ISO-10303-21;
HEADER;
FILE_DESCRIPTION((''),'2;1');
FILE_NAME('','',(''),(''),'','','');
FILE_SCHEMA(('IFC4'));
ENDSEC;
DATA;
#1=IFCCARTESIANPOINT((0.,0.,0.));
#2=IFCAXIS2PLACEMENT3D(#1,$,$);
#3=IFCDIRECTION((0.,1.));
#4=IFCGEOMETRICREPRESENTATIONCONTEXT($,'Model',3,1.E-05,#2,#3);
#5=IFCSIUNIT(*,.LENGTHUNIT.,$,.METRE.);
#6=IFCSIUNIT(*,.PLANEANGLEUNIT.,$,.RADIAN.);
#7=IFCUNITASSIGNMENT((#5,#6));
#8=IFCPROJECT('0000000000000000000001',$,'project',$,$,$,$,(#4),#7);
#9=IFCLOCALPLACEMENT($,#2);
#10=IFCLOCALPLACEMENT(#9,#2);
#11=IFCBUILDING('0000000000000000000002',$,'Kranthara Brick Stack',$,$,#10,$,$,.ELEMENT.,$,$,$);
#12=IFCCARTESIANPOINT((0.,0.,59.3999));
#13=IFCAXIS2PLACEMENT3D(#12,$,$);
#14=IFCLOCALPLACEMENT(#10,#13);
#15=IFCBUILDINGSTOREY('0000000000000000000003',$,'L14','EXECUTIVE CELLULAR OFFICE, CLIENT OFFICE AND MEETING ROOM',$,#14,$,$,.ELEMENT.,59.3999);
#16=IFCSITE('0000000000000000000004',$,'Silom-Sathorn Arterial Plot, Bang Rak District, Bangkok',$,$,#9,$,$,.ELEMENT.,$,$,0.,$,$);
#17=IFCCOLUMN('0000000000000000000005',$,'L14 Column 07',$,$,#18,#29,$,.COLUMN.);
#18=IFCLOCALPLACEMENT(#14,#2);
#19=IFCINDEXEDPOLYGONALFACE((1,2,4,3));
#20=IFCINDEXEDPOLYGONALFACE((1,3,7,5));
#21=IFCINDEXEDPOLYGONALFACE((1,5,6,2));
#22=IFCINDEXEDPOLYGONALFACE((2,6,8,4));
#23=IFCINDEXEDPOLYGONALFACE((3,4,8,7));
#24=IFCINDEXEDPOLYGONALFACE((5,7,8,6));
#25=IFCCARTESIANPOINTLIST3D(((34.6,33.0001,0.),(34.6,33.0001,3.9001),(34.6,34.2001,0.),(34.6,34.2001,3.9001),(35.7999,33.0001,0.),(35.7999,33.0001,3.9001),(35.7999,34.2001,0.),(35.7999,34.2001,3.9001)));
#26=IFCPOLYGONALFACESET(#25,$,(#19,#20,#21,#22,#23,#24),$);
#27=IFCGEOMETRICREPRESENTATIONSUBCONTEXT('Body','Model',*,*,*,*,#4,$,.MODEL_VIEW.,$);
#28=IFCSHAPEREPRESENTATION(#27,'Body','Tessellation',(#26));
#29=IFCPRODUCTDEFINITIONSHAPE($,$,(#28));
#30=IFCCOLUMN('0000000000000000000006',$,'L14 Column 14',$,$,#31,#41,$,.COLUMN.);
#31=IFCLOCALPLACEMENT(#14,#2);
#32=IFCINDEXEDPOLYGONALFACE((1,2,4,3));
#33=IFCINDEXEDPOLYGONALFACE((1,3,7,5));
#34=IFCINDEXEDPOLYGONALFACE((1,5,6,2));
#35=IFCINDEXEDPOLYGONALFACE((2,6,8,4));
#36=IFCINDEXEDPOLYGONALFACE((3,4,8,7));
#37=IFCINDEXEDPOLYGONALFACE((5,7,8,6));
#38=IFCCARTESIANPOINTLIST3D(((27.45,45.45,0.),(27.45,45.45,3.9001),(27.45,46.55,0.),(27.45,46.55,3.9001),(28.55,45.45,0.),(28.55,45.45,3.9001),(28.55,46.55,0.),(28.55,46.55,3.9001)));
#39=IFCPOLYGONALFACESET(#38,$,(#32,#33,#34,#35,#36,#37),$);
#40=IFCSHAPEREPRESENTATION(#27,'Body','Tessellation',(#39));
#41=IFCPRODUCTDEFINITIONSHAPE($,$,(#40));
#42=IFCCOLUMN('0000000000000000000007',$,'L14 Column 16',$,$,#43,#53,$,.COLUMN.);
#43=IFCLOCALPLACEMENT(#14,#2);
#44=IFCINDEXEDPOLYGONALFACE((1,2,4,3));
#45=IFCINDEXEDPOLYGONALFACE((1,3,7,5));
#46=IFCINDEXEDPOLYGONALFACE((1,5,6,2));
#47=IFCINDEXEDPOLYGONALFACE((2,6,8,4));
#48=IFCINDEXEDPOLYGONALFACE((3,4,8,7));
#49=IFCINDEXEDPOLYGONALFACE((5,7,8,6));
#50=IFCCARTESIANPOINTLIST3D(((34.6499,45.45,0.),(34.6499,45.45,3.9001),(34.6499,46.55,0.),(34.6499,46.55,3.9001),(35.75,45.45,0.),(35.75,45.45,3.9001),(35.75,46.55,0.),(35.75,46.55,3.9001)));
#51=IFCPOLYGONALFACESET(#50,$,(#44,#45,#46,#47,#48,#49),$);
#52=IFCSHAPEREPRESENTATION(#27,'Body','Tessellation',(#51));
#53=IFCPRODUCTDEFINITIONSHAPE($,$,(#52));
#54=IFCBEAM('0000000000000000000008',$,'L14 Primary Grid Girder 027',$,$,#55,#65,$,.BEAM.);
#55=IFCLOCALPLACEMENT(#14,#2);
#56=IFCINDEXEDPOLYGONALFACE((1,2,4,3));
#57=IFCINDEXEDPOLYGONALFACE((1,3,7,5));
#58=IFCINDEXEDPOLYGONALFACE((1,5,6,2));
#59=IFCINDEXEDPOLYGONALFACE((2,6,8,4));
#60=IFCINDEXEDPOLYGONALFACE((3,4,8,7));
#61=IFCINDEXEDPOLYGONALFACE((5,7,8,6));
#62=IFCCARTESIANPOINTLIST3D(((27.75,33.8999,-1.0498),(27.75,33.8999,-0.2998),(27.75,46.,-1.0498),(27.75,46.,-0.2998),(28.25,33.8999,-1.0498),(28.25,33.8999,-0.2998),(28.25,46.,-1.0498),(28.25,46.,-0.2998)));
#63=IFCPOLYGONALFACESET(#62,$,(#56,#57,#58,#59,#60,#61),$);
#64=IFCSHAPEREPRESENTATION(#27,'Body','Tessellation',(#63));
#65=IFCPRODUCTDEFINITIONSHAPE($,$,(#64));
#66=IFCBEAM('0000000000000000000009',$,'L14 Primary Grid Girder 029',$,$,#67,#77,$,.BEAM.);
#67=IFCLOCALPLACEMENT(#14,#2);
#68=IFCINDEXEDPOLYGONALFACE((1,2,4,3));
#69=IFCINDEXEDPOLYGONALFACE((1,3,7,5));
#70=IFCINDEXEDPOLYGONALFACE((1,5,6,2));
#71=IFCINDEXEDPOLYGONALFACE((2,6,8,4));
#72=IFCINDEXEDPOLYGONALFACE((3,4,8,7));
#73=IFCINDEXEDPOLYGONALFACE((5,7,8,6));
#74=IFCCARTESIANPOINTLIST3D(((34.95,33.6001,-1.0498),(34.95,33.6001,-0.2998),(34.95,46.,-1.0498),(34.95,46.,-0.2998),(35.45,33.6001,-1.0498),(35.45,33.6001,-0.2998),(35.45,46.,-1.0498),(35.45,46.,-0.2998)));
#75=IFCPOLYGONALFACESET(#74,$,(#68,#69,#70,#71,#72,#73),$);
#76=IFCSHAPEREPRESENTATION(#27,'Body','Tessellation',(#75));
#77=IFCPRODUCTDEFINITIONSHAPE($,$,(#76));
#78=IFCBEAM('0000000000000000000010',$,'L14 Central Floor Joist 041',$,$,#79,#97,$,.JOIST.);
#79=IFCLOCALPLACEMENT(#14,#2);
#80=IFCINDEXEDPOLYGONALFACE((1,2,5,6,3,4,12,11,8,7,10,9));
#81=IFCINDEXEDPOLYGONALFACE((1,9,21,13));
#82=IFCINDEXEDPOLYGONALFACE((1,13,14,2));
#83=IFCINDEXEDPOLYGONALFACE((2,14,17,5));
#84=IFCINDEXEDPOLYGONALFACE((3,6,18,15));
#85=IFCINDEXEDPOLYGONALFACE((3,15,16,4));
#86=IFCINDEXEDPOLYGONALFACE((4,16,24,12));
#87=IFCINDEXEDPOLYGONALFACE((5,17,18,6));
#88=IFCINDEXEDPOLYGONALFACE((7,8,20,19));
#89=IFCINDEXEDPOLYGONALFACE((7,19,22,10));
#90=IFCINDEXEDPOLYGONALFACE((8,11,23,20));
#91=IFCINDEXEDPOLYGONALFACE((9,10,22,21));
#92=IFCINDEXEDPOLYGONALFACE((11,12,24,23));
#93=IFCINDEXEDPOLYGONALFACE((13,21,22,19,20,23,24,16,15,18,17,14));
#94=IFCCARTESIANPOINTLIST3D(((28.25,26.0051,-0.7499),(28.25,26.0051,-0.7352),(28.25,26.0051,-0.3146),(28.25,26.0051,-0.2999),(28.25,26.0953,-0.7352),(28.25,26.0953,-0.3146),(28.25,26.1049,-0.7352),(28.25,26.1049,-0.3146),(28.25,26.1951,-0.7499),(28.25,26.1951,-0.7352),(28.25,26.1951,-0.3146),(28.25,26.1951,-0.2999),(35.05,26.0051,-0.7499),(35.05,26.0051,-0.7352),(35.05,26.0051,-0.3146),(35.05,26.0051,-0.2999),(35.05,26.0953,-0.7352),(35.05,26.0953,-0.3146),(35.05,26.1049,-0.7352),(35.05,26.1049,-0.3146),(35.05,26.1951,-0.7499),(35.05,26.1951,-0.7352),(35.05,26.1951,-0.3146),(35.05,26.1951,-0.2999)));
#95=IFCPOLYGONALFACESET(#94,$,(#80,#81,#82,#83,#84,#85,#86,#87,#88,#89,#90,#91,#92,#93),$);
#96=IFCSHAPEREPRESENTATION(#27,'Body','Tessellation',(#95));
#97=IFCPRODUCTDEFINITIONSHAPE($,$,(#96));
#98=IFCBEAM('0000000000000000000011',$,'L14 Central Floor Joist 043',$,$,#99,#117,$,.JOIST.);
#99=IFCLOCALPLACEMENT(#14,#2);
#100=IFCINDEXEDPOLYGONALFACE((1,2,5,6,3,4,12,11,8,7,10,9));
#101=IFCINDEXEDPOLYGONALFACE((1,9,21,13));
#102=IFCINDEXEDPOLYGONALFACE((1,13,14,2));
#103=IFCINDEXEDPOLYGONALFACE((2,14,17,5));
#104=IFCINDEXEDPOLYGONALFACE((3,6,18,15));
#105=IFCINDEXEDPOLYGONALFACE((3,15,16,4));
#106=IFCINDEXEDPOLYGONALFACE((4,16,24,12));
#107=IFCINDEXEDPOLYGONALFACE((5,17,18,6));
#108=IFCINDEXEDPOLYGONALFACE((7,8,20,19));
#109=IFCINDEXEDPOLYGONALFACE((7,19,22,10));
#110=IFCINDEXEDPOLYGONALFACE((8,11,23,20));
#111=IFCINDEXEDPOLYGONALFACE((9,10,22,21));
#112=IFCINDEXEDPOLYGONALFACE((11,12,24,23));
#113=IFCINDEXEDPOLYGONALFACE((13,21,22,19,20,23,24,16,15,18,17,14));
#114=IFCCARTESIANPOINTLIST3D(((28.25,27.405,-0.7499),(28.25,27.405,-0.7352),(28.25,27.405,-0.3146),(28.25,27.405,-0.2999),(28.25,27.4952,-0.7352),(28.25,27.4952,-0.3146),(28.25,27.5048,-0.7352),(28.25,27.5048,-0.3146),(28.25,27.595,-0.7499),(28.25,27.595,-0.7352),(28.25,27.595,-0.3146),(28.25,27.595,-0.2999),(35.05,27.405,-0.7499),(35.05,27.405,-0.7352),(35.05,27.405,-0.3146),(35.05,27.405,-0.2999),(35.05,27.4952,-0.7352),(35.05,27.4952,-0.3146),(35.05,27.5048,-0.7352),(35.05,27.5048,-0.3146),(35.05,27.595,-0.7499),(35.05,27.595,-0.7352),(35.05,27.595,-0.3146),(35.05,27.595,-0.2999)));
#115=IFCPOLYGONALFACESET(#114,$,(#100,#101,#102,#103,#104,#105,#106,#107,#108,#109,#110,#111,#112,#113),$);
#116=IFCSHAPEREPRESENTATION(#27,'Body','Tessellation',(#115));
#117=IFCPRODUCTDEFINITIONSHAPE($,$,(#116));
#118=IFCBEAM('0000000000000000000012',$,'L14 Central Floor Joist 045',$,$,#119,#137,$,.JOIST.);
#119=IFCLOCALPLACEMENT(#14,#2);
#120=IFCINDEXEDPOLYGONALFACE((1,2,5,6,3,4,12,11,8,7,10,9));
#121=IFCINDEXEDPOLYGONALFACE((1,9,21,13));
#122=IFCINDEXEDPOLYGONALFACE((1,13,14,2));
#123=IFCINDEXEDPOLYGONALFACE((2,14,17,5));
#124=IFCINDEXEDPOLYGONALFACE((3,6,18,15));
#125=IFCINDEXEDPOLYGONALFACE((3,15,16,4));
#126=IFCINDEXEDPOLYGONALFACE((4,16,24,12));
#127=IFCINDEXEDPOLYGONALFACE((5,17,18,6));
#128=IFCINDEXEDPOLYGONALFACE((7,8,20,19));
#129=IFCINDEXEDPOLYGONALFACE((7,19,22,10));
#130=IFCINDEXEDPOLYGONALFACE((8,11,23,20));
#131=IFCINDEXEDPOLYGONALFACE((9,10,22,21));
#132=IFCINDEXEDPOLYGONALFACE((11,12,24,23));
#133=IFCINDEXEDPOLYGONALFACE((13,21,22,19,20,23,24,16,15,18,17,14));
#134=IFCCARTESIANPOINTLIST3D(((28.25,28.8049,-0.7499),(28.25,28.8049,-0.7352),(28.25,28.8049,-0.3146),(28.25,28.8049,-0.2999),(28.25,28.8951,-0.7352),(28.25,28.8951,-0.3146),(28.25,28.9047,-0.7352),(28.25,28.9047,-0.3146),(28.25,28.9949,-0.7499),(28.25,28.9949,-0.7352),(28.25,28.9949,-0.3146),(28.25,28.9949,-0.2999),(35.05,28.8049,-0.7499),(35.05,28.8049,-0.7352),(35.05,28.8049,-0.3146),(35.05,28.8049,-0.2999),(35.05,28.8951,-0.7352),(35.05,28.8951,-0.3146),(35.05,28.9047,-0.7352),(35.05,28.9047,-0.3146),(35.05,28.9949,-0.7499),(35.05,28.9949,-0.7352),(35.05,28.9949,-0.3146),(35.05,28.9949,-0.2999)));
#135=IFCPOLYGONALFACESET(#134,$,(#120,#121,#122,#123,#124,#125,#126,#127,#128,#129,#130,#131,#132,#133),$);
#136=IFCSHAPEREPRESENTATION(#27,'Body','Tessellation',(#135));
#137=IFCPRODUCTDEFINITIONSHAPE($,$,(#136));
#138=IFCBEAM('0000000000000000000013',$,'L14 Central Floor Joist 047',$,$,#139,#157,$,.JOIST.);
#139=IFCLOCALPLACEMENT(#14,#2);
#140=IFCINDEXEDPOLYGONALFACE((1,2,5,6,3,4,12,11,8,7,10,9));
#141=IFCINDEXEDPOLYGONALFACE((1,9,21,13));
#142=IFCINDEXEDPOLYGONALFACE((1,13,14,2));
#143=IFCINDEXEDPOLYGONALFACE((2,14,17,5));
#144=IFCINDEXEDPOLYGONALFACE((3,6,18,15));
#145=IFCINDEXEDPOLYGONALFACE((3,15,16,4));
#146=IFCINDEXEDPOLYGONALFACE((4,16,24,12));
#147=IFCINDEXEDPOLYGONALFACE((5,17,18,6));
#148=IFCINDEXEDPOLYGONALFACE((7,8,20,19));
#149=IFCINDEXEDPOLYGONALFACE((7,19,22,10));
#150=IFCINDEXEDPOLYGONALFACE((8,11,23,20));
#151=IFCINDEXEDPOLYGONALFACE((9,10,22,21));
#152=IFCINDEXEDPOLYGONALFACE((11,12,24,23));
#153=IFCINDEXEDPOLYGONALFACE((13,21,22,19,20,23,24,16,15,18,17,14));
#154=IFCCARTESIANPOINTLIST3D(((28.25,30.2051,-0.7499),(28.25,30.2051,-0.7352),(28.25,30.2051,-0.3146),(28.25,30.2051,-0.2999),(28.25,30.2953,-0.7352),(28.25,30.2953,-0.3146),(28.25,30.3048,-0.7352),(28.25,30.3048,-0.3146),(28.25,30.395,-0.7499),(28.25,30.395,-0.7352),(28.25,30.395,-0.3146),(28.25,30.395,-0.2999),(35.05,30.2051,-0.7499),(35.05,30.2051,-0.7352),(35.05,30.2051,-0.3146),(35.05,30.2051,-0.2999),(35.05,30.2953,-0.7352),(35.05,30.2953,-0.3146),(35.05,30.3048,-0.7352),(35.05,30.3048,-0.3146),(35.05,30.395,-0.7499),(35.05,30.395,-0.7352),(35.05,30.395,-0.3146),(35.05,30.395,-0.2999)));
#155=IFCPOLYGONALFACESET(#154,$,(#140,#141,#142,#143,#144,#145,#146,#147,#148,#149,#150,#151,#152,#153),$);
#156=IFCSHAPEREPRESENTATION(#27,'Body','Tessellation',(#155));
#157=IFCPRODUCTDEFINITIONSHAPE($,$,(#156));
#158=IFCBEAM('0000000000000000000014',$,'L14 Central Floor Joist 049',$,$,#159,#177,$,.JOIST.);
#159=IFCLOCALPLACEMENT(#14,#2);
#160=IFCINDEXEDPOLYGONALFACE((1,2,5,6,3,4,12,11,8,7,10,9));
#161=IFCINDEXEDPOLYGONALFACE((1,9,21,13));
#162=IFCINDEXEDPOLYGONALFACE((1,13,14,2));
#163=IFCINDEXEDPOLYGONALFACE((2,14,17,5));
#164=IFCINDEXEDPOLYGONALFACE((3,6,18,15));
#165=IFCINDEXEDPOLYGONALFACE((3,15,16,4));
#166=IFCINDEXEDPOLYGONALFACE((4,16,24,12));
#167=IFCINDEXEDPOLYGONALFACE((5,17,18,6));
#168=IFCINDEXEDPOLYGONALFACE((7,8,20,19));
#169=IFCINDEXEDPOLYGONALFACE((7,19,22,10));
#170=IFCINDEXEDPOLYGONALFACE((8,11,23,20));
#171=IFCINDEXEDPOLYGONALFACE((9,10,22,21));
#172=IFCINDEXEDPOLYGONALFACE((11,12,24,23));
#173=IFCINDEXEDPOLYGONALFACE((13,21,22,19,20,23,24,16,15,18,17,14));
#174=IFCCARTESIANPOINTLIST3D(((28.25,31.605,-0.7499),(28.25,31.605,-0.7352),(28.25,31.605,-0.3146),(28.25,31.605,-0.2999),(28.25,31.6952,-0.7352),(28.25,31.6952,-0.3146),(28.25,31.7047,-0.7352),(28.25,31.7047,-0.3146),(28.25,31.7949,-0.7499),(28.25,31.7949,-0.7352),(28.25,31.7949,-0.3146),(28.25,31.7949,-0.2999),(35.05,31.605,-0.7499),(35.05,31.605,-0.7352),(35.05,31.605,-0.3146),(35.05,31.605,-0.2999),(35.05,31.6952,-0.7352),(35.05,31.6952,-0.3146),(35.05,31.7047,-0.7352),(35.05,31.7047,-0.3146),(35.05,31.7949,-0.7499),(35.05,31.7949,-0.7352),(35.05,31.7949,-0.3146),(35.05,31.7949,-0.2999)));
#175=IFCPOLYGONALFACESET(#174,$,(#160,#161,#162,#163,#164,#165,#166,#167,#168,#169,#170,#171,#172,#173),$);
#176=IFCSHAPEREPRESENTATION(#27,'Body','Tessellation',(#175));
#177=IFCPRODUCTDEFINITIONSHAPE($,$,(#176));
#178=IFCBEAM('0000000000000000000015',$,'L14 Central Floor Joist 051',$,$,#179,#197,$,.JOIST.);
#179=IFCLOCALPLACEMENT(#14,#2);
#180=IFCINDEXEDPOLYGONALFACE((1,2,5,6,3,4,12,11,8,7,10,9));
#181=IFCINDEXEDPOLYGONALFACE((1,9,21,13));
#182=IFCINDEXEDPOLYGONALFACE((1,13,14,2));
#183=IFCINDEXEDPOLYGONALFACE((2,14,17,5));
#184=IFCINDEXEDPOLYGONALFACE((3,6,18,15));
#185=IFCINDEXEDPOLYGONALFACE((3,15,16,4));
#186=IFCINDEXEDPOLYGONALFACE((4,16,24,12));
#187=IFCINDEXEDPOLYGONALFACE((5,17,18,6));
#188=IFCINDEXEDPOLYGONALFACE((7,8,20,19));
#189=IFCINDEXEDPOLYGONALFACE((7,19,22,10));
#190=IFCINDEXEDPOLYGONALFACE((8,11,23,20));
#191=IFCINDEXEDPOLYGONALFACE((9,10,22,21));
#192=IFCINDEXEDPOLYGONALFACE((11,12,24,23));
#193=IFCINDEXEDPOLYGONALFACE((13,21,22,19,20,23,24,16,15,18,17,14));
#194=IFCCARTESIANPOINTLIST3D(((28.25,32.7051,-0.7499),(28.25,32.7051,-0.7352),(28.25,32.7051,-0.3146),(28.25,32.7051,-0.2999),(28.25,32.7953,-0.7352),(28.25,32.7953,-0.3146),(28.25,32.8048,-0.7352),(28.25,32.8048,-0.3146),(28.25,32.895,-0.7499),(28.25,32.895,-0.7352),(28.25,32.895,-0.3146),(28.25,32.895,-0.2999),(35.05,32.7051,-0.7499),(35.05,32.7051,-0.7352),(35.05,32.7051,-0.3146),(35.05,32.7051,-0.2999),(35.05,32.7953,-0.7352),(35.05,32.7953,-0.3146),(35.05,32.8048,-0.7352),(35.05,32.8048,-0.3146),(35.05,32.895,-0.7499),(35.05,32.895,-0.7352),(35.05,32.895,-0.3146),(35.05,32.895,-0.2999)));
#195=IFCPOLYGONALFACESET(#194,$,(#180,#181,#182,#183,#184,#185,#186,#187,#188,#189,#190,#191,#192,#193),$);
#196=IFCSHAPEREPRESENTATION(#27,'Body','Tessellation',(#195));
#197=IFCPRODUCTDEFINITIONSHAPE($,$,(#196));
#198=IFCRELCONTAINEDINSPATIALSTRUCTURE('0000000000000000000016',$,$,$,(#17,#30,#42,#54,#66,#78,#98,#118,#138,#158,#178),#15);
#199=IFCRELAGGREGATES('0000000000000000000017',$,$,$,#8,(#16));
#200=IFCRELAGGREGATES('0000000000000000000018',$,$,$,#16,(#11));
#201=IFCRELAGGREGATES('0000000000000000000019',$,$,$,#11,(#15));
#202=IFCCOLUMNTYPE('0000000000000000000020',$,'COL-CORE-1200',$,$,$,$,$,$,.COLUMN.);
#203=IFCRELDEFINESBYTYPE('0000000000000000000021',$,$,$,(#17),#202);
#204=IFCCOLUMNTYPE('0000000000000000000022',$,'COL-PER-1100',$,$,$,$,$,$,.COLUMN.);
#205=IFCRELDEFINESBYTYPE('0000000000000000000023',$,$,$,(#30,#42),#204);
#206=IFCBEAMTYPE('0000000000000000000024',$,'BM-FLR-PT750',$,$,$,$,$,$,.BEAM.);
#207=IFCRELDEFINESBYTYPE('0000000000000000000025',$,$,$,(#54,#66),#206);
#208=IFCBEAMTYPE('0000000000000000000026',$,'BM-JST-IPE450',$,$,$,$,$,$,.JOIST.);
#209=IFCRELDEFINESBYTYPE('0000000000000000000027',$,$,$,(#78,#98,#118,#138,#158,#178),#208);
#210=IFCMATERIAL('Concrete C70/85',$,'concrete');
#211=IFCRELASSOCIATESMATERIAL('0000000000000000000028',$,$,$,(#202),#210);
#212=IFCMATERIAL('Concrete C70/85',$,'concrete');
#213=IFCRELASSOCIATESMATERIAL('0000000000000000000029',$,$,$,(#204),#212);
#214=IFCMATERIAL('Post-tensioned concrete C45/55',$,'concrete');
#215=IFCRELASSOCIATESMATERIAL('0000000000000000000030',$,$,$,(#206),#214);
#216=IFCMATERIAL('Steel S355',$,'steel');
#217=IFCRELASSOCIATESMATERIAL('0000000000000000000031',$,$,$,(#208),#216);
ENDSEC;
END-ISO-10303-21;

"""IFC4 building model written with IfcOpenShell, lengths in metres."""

from ifc_helpers import new_model, si_unit, direction, frame, origin, origin_2d, place, context, subcontext, project, spatial, rectangle, i_section, extrude, material, material_profile, profile_set, type_object, element, save


model = new_model("IFC4")

# Units and contexts
model_context = context("Model", 3, precision=1e-05, world=origin(), true_north=direction((0.0, 1.0)))
body_context = subcontext(model_context, "Body", "Model", "MODEL_VIEW")
ifc_project = project(units=[si_unit("LENGTHUNIT", "METRE"), si_unit("PLANEANGLEUNIT", "RADIAN")], contexts=[model_context])

# Site, building, storey
site_placement = place(None, origin())
site = spatial("IfcSite", under=ifc_project, at=site_placement, Name="Silom-Sathorn Arterial Plot, Bang Rak District, Bangkok", CompositionType="ELEMENT", RefElevation=0.0)
building_placement = place(site_placement, origin())
building = spatial("IfcBuilding", under=site, at=building_placement, Name="Kranthara Brick Stack", CompositionType="ELEMENT")
storey_placement = place(building_placement, frame((0.0, 0.0, 59.3999)))
storey = spatial("IfcBuildingStorey", under=building, at=storey_placement, Name="L14", Description="EXECUTIVE CELLULAR OFFICE, CLIENT OFFICE AND MEETING ROOM", CompositionType="ELEMENT", Elevation=59.3999)

# Columns
ifc_material_1 = material(Name="Concrete C70/85", Category="concrete")
ifc_material_profile_1 = material_profile(ifc_material_1, rectangle(XDim=1.2, YDim=1.2, at=origin_2d()), Name="RC 1200x1200")
ifc_profile_set_1 = profile_set([ifc_material_profile_1], Name="Concrete C70/85")
column_type_1 = type_object("IfcColumnType", Name="COL-CORE-1200", PredefinedType="COLUMN", material=ifc_profile_set_1)
column_placement = place(storey_placement, frame((35.2, 33.6001, 0.0), z_axis=(0.0, 0.0, 1.0), x_axis=(1.0, 0.0, 0.0)))
element("IfcColumn", 1, at=column_placement, inside=storey, type_object=column_type_1, Name="L14 Column 07", PredefinedType="COLUMN", context=body_context, shape_type="SweptSolid", body=[
    extrude(rectangle(XDim=1.2, YDim=1.2, at=origin_2d()), origin(), (0.0, 0.0, 1.0), 3.9001),
])
ifc_material_2 = material(Name="Concrete C70/85", Category="concrete")
ifc_material_profile_2 = material_profile(ifc_material_2, rectangle(XDim=1.1001, YDim=1.1001, at=origin_2d()), Name="RC 1100x1100")
ifc_profile_set_2 = profile_set([ifc_material_profile_2], Name="Concrete C70/85")
column_type_2 = type_object("IfcColumnType", Name="COL-PER-1100", PredefinedType="COLUMN", material=ifc_profile_set_2)
for number, where, z_axis, x_axis, name in (
    (2, (28.0, 46.0, 0.0), (0.0, 0.0, 1.0), (1.0, 0.0, 0.0), "L14 Column 14"),
    (3, (35.2, 46.0, 0.0), (0.0, 0.0, 1.0), (1.0, 0.0, 0.0), "L14 Column 16"),
):
    element("IfcColumn", number, at=place(storey_placement, frame(where, z_axis=z_axis, x_axis=x_axis)), inside=storey, type_object=column_type_2, Name=name, PredefinedType="COLUMN", context=body_context, shape_type="SweptSolid", body=[
        extrude(rectangle(XDim=1.1001, YDim=1.1001, at=origin_2d()), origin(), (0.0, 0.0, 1.0), 3.9001),
    ])

# Beams
ifc_material_3 = material(Name="Post-tensioned concrete C45/55", Category="concrete")
ifc_material_profile_3 = material_profile(ifc_material_3, rectangle(XDim=0.5, YDim=0.75, at=origin_2d()), Name="PT 500x750")
ifc_profile_set_3 = profile_set([ifc_material_profile_3], Name="Post-tensioned concrete C45/55")
beam_type_1 = type_object("IfcBeamType", Name="BM-FLR-PT750", PredefinedType="BEAM", material=ifc_profile_set_3)
beam_1_placement = place(storey_placement, frame((28.0, 33.8999, -0.6748), z_axis=(0.0, 1.0, 0.0), x_axis=(-1.0, 0.0, 0.0)))
element("IfcBeam", 4, at=beam_1_placement, inside=storey, type_object=beam_type_1, Name="L14 Primary Grid Girder 027", PredefinedType="BEAM", context=body_context, shape_type="SweptSolid", body=[
    extrude(rectangle(XDim=0.5, YDim=0.75, at=origin_2d()), origin(), (0.0, 0.0, 1.0), 12.1001),
])
beam_2_placement = place(storey_placement, frame((35.2, 33.6001, -0.6748), z_axis=(0.0, 1.0, 0.0), x_axis=(-1.0, 0.0, 0.0)))
element("IfcBeam", 5, at=beam_2_placement, inside=storey, type_object=beam_type_1, Name="L14 Primary Grid Girder 029", PredefinedType="BEAM", context=body_context, shape_type="SweptSolid", body=[
    extrude(rectangle(XDim=0.5, YDim=0.75, at=origin_2d()), origin(), (0.0, 0.0, 1.0), 12.3999),
])
ifc_material_4 = material(Name="Steel S355", Category="steel")
ifc_material_profile_4 = material_profile(ifc_material_4, i_section(OverallWidth=0.1899, OverallDepth=0.45, WebThickness=0.0095, FlangeThickness=0.0146, at=origin_2d()), Name="IPE 450")
ifc_profile_set_4 = profile_set([ifc_material_profile_4], Name="Steel S355")
beam_type_2 = type_object("IfcBeamType", Name="BM-JST-IPE450", PredefinedType="JOIST", material=ifc_profile_set_4)
for number, where, z_axis, x_axis, name in (
    (6, (28.25, 26.1001, -0.5249), (1.0, 0.0, 0.0), (0.0, 1.0, 0.0), "L14 Central Floor Joist 041"),
    (7, (28.25, 27.5, -0.5249), (1.0, 0.0, 0.0), (0.0, 1.0, 0.0), "L14 Central Floor Joist 043"),
    (8, (28.25, 28.8999, -0.5249), (1.0, 0.0, 0.0), (0.0, 1.0, 0.0), "L14 Central Floor Joist 045"),
    (9, (28.25, 30.3, -0.5249), (1.0, 0.0, 0.0), (0.0, 1.0, 0.0), "L14 Central Floor Joist 047"),
    (10, (28.25, 31.7, -0.5249), (1.0, 0.0, 0.0), (0.0, 1.0, 0.0), "L14 Central Floor Joist 049"),
    (11, (28.25, 32.8, -0.5249), (1.0, 0.0, 0.0), (0.0, 1.0, 0.0), "L14 Central Floor Joist 051"),
):
    element("IfcBeam", number, at=place(storey_placement, frame(where, z_axis=z_axis, x_axis=x_axis)), inside=storey, type_object=beam_type_2, Name=name, PredefinedType="JOIST", context=body_context, shape_type="SweptSolid", body=[
        extrude(i_section(OverallWidth=0.1899, OverallDepth=0.45, WebThickness=0.0095, FlangeThickness=0.0146, at=origin_2d()), origin(), (0.0, 0.0, 1.0), 6.8),
    ])

save(model, "model.ifc")
